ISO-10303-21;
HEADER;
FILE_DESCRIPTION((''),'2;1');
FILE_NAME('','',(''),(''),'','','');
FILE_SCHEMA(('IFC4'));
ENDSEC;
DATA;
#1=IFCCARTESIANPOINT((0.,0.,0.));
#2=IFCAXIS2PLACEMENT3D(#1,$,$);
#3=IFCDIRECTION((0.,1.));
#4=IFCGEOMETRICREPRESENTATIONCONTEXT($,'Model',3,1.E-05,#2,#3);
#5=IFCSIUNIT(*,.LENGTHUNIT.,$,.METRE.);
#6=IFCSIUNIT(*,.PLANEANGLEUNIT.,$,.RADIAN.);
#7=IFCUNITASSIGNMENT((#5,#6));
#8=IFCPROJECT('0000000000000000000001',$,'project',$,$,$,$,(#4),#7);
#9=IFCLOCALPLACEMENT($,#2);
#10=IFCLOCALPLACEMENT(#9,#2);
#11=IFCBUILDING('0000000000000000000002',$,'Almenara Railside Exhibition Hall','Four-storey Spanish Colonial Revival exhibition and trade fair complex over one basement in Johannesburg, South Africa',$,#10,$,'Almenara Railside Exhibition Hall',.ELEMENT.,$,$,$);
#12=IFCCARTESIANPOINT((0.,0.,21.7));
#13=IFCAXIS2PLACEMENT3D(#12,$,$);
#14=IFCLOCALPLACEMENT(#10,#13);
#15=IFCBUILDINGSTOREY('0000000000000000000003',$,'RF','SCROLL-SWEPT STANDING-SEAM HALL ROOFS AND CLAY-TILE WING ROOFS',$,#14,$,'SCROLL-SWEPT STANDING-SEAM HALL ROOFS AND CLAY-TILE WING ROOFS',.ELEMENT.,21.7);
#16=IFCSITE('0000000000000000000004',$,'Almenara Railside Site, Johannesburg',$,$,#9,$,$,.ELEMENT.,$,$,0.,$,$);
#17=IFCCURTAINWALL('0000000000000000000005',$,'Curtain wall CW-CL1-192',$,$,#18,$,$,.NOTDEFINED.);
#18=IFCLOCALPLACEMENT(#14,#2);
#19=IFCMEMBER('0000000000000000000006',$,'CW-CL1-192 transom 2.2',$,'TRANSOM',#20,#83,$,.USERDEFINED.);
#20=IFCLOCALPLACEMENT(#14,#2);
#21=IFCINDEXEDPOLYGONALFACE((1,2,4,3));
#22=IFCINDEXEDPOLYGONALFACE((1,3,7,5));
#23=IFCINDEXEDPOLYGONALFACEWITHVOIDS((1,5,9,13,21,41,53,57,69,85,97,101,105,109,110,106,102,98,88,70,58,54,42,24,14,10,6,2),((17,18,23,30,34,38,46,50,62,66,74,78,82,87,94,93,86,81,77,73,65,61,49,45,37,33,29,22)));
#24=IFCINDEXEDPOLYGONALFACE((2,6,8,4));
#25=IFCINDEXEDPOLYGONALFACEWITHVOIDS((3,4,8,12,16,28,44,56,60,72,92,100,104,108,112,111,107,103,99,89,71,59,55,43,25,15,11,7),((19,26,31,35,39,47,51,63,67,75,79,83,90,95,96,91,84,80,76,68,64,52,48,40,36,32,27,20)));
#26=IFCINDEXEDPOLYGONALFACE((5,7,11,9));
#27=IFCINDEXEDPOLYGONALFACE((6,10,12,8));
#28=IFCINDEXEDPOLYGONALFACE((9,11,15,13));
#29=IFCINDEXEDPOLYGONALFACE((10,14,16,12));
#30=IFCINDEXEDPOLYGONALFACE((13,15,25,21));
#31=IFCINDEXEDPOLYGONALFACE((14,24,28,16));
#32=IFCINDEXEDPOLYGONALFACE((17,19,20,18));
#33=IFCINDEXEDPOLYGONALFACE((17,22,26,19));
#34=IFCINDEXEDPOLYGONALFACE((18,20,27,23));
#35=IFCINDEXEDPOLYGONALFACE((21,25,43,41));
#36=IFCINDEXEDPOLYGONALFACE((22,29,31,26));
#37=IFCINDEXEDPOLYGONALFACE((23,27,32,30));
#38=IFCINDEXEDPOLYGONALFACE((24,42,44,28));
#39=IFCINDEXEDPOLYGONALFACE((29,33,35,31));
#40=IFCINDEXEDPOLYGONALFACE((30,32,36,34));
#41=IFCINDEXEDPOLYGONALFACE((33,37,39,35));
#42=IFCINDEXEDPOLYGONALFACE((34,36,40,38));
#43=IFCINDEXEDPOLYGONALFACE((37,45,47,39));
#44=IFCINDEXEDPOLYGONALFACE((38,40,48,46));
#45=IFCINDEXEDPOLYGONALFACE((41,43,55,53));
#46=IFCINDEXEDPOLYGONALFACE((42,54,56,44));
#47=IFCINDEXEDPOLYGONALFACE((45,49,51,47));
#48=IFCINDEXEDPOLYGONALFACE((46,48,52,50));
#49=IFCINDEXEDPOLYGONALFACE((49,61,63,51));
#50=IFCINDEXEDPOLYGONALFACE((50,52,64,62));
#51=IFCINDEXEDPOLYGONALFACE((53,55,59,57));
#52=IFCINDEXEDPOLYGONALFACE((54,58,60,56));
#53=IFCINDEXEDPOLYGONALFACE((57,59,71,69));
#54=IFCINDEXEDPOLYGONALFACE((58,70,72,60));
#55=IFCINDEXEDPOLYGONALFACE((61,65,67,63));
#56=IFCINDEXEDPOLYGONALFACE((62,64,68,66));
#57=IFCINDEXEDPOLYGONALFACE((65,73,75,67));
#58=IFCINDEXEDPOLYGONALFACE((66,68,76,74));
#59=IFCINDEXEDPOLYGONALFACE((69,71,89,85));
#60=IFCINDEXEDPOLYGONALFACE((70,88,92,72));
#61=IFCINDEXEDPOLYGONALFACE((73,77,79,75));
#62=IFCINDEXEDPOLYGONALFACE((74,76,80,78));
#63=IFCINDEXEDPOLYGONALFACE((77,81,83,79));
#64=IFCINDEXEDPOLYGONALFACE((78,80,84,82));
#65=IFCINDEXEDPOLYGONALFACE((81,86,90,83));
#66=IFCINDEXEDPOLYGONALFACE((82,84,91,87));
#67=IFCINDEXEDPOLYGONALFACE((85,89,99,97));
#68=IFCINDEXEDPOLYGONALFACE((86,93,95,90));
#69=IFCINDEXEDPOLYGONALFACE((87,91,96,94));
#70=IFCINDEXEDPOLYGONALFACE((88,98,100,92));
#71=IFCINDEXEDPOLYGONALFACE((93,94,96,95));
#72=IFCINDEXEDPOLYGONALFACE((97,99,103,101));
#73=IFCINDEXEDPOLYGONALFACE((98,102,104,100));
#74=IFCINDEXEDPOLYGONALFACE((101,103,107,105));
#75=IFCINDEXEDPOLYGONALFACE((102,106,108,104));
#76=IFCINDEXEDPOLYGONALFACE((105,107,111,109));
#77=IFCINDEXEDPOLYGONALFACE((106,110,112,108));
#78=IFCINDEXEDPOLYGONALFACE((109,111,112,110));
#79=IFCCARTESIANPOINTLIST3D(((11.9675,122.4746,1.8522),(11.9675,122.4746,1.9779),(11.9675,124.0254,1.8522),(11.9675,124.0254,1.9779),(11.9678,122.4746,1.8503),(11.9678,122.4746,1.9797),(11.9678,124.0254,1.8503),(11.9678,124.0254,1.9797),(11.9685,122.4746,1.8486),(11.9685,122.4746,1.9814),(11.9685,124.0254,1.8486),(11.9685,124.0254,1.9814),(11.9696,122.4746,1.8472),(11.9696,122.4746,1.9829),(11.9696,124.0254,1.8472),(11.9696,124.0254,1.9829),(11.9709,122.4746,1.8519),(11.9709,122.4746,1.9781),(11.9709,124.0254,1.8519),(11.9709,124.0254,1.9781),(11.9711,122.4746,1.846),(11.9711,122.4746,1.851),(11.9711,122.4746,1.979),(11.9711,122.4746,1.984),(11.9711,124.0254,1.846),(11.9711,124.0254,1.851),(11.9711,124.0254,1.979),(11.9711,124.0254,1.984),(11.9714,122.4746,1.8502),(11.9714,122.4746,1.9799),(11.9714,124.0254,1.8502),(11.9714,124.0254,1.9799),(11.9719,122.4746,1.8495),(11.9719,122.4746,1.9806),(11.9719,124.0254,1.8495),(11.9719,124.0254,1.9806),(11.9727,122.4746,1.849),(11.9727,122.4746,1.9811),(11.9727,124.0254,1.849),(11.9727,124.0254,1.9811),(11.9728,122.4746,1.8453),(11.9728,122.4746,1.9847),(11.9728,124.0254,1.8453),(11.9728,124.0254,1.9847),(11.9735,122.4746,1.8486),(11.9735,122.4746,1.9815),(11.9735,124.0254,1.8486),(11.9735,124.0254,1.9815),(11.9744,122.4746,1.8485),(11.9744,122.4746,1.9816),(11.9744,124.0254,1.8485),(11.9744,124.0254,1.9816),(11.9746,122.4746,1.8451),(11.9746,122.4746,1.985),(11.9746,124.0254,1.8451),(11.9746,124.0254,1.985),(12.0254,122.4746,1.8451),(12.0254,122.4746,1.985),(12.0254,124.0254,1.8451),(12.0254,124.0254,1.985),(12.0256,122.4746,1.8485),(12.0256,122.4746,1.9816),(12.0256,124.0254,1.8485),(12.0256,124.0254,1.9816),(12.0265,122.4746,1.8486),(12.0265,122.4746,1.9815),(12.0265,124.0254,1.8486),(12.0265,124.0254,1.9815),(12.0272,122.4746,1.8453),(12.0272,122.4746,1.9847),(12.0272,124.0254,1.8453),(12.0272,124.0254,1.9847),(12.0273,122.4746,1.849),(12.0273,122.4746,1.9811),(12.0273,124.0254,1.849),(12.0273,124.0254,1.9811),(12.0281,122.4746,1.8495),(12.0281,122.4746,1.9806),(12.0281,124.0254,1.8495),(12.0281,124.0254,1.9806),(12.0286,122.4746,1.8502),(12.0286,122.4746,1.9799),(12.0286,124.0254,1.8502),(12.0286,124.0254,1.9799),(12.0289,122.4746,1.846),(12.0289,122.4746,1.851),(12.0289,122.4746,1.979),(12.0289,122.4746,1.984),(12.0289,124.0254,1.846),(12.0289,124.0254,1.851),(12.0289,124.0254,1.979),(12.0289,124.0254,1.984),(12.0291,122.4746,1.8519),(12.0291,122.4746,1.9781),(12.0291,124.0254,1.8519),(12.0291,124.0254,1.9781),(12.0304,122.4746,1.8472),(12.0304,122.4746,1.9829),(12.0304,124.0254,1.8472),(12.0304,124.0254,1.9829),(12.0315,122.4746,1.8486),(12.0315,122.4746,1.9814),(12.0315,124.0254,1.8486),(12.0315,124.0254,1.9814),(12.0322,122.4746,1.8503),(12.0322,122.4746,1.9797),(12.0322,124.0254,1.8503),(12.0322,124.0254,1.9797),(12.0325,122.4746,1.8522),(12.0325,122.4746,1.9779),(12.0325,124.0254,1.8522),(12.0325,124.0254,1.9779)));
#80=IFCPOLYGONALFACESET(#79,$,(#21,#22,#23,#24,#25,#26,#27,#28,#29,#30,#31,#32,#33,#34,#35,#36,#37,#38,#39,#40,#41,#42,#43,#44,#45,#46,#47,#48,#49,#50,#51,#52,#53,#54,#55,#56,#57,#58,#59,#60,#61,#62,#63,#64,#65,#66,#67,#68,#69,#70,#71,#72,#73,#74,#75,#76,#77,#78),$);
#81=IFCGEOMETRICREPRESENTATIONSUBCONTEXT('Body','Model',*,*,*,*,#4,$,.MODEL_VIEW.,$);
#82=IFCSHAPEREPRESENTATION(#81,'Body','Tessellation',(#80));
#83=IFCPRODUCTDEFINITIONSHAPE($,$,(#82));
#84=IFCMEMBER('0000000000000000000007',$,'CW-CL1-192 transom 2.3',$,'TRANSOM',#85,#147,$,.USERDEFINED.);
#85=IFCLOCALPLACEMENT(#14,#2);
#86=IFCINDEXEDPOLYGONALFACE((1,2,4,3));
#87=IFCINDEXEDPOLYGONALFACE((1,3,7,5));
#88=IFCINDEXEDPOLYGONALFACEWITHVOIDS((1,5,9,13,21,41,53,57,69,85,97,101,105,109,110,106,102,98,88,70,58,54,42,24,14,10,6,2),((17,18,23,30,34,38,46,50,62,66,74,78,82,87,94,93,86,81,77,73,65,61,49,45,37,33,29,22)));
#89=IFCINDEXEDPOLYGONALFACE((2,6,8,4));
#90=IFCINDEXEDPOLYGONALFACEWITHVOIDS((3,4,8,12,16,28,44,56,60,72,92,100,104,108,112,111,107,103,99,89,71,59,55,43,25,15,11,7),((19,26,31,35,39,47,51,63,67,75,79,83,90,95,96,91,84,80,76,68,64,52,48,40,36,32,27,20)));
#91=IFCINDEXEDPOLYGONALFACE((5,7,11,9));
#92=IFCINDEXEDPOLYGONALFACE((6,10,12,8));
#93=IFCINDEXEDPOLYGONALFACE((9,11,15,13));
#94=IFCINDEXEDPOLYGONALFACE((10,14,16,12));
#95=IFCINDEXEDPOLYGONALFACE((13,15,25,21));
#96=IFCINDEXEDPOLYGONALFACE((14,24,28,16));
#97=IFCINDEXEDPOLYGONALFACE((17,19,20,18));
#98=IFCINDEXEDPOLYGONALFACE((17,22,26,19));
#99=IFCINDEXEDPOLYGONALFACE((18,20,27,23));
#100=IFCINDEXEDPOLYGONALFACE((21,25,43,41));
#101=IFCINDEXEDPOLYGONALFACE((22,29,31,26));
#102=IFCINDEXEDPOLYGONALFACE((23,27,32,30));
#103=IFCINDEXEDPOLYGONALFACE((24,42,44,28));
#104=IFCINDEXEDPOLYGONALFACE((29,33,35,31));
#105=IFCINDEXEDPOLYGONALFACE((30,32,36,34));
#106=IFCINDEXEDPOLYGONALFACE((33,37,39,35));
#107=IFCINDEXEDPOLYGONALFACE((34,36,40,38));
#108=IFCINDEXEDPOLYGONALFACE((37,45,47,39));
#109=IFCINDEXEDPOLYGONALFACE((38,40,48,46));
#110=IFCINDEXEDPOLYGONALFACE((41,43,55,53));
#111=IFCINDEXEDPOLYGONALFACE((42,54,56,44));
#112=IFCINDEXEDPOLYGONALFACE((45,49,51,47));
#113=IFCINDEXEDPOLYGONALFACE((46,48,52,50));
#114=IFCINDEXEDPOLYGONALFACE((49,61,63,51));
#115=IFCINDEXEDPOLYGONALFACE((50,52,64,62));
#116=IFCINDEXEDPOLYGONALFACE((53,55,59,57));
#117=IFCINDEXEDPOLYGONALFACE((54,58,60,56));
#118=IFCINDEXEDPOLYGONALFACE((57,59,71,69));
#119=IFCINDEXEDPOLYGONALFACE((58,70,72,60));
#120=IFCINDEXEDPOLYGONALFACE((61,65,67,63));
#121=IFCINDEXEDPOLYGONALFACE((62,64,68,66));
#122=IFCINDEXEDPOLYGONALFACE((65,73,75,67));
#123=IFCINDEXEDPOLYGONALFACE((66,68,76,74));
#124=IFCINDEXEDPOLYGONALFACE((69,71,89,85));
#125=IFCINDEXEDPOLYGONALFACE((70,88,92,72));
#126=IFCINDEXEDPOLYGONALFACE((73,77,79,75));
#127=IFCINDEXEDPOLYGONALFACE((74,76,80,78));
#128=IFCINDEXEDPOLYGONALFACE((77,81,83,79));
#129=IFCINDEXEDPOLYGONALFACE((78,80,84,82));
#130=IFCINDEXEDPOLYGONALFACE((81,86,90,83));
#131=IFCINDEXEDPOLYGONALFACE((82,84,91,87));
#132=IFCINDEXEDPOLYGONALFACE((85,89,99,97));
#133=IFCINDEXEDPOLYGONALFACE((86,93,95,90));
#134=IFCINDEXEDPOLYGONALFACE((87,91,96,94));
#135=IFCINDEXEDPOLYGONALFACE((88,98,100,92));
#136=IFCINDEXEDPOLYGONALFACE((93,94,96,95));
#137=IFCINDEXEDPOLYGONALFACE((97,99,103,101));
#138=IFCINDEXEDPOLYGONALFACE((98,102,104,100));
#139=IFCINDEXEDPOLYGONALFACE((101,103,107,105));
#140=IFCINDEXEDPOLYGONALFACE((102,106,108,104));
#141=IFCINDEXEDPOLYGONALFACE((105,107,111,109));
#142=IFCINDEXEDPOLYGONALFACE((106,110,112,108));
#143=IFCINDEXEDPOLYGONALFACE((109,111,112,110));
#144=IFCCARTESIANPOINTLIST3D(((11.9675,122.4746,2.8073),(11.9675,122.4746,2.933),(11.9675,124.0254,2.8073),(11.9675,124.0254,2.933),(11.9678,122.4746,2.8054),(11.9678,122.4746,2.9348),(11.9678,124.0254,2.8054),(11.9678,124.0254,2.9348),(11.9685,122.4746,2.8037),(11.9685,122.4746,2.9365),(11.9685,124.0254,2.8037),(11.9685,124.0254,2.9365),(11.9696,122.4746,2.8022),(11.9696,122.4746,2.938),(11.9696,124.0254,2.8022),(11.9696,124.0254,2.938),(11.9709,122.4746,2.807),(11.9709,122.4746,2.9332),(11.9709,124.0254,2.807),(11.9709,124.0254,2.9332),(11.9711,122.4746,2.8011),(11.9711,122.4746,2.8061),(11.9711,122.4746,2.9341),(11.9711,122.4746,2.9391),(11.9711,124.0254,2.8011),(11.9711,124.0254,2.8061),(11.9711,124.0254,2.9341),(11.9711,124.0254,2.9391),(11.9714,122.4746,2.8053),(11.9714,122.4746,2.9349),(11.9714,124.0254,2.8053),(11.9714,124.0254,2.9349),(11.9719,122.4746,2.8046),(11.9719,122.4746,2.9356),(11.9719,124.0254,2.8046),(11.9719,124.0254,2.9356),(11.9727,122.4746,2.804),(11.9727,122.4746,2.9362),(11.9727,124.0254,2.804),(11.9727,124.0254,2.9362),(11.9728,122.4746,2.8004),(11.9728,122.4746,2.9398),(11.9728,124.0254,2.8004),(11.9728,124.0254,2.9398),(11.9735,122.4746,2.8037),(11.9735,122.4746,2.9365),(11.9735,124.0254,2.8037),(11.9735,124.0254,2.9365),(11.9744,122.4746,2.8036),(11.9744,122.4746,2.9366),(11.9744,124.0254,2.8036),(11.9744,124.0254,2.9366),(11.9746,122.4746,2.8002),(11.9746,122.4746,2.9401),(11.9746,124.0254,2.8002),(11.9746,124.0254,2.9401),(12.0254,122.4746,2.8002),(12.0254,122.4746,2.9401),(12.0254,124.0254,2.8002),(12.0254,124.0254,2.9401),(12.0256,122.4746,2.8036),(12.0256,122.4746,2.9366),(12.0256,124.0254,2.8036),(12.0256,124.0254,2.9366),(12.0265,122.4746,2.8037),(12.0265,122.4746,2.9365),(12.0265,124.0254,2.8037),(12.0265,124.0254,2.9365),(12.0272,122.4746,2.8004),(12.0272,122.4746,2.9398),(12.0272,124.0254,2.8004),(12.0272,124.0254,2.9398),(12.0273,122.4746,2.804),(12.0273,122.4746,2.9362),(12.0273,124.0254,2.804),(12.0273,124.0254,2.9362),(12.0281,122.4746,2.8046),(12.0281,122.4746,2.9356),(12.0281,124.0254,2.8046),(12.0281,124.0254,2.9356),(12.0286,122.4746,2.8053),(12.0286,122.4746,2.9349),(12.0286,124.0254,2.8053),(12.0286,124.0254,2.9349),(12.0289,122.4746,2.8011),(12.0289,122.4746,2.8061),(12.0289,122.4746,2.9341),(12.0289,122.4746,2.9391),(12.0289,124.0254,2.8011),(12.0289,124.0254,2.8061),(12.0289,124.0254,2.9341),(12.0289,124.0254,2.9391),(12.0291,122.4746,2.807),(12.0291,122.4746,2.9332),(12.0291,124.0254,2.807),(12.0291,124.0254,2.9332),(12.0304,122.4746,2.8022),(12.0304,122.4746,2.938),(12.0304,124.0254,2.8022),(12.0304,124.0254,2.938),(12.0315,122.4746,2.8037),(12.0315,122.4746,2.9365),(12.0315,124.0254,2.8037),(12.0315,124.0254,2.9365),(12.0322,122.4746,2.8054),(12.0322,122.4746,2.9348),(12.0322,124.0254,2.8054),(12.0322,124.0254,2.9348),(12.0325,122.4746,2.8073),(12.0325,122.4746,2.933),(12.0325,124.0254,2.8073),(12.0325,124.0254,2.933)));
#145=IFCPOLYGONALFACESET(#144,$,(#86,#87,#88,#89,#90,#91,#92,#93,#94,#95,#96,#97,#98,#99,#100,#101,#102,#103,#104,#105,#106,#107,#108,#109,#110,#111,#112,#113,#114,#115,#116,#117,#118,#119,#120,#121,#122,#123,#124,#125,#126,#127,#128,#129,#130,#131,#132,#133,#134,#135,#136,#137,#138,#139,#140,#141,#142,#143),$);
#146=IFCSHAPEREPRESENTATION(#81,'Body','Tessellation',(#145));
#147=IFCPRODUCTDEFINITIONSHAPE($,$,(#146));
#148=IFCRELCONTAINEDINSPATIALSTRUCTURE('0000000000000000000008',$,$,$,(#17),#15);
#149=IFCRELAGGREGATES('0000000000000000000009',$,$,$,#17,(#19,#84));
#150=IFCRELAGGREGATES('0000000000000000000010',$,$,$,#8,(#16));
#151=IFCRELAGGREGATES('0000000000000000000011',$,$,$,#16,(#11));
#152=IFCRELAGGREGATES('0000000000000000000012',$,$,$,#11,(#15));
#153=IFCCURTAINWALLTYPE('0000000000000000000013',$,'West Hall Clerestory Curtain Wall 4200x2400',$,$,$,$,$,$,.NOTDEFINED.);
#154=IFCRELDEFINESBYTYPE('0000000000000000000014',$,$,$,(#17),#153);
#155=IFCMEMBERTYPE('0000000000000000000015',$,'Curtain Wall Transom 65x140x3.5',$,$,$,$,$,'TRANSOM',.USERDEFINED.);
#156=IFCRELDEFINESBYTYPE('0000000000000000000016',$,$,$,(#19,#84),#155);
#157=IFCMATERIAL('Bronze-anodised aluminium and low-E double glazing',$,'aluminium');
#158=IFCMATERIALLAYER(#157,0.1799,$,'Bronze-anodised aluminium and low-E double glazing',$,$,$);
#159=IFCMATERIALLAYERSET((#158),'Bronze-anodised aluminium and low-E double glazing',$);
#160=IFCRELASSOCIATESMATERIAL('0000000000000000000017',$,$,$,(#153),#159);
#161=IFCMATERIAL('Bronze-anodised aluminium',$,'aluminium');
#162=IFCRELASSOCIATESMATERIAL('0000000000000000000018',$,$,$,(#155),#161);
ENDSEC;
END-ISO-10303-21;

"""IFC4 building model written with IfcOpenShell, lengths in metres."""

from ifc_helpers import new_model, si_unit, direction, frame, origin, origin_2d, place, context, subcontext, project, spatial, hollow_rectangle, extrude, material, layer, layer_set, material_profile, profile_set, type_object, element, aggregate, save


model = new_model("IFC4")

# Units and contexts
model_context = context("Model", 3, precision=1e-05, world=origin(), true_north=direction((0.0, 1.0)))
body_context = subcontext(model_context, "Body", "Model", "MODEL_VIEW")
ifc_project = project(units=[si_unit("LENGTHUNIT", "METRE"), si_unit("PLANEANGLEUNIT", "RADIAN")], contexts=[model_context])

# Site, building, storey
site_placement = place(None, origin())
site = spatial("IfcSite", under=ifc_project, at=site_placement, Name="Almenara Railside Site, Johannesburg", CompositionType="ELEMENT", RefElevation=0.0)
building_placement = place(site_placement, origin())
building = spatial("IfcBuilding", under=site, at=building_placement, Name="Almenara Railside Exhibition Hall", Description="Four-storey Spanish Colonial Revival exhibition and trade fair complex over one basement in Johannesburg, South Africa", LongName="Almenara Railside Exhibition Hall", CompositionType="ELEMENT")
storey_placement = place(building_placement, frame((0.0, 0.0, 21.7)))
storey = spatial("IfcBuildingStorey", under=building, at=storey_placement, Name="RF", Description="SCROLL-SWEPT STANDING-SEAM HALL ROOFS AND CLAY-TILE WING ROOFS", LongName="SCROLL-SWEPT STANDING-SEAM HALL ROOFS AND CLAY-TILE WING ROOFS", CompositionType="ELEMENT", Elevation=21.7)

# Shared definitions
ifc_material_1 = material(Name="Bronze-anodised aluminium and low-E double glazing", Category="aluminium")
ifc_layer_1 = layer(ifc_material_1, 0.1799, Name="Bronze-anodised aluminium and low-E double glazing")
ifc_layer_set_1 = layer_set([ifc_layer_1], Name="Bronze-anodised aluminium and low-E double glazing")
curtain_wall_type = type_object("IfcCurtainWallType", Name="West Hall Clerestory Curtain Wall 4200x2400", PredefinedType="NOTDEFINED", material=ifc_layer_set_1)
ifc_material_2 = material(Name="Bronze-anodised aluminium", Category="aluminium")

# Curtain wall, members
curtain_wall_1_placement = place(storey_placement, origin())
curtain_wall_1 = element("IfcCurtainWall", 1, at=curtain_wall_1_placement, inside=storey, type_object=curtain_wall_type, Name="Curtain wall CW-CL1-192", PredefinedType="NOTDEFINED")
ifc_material_profile_1 = material_profile(ifc_material_2, hollow_rectangle(XDim=0.0649, YDim=0.1399, WallThickness=0.0034, InnerFilletRadius=0.0034, OuterFilletRadius=0.0071, at=origin_2d()), Name="ALU-TRN 65x140x3.5")
ifc_profile_set_1 = profile_set([ifc_material_profile_1], Name="Bronze-anodised aluminium")
member_type_1 = type_object("IfcMemberType", Name="Curtain Wall Transom 65x140x3.5", ElementType="TRANSOM", PredefinedType="USERDEFINED", material=ifc_profile_set_1)
member_1_placement = place(storey_placement, frame((12.0, 122.4746, 1.915), z_axis=(0.0, 1.0, 0.0), x_axis=(-1.0, 0.0, 0.0)))
member_1 = element("IfcMember", 2, at=member_1_placement, type_object=member_type_1, Name="CW-CL1-192 transom 2.2", ObjectType="TRANSOM", PredefinedType="USERDEFINED", context=body_context, shape_type="SweptSolid", body=[
    extrude(hollow_rectangle(XDim=0.0649, YDim=0.1399, WallThickness=0.0034, InnerFilletRadius=0.0034, OuterFilletRadius=0.0071, at=origin_2d()), origin(), (0.0, 0.0, 1.0), 1.5508),
])
member_2_placement = place(storey_placement, frame((12.0, 122.4746, 2.8701), z_axis=(0.0, 1.0, 0.0), x_axis=(-1.0, 0.0, 0.0)))
member_2 = element("IfcMember", 3, at=member_2_placement, type_object=member_type_1, Name="CW-CL1-192 transom 2.3", ObjectType="TRANSOM", PredefinedType="USERDEFINED", context=body_context, shape_type="SweptSolid", body=[
    extrude(hollow_rectangle(XDim=0.0649, YDim=0.1399, WallThickness=0.0034, InnerFilletRadius=0.0034, OuterFilletRadius=0.0071, at=origin_2d()), origin(), (0.0, 0.0, 1.0), 1.5508),
])

aggregate(curtain_wall_1, [member_1, member_2])

save(model, "model.ifc")
